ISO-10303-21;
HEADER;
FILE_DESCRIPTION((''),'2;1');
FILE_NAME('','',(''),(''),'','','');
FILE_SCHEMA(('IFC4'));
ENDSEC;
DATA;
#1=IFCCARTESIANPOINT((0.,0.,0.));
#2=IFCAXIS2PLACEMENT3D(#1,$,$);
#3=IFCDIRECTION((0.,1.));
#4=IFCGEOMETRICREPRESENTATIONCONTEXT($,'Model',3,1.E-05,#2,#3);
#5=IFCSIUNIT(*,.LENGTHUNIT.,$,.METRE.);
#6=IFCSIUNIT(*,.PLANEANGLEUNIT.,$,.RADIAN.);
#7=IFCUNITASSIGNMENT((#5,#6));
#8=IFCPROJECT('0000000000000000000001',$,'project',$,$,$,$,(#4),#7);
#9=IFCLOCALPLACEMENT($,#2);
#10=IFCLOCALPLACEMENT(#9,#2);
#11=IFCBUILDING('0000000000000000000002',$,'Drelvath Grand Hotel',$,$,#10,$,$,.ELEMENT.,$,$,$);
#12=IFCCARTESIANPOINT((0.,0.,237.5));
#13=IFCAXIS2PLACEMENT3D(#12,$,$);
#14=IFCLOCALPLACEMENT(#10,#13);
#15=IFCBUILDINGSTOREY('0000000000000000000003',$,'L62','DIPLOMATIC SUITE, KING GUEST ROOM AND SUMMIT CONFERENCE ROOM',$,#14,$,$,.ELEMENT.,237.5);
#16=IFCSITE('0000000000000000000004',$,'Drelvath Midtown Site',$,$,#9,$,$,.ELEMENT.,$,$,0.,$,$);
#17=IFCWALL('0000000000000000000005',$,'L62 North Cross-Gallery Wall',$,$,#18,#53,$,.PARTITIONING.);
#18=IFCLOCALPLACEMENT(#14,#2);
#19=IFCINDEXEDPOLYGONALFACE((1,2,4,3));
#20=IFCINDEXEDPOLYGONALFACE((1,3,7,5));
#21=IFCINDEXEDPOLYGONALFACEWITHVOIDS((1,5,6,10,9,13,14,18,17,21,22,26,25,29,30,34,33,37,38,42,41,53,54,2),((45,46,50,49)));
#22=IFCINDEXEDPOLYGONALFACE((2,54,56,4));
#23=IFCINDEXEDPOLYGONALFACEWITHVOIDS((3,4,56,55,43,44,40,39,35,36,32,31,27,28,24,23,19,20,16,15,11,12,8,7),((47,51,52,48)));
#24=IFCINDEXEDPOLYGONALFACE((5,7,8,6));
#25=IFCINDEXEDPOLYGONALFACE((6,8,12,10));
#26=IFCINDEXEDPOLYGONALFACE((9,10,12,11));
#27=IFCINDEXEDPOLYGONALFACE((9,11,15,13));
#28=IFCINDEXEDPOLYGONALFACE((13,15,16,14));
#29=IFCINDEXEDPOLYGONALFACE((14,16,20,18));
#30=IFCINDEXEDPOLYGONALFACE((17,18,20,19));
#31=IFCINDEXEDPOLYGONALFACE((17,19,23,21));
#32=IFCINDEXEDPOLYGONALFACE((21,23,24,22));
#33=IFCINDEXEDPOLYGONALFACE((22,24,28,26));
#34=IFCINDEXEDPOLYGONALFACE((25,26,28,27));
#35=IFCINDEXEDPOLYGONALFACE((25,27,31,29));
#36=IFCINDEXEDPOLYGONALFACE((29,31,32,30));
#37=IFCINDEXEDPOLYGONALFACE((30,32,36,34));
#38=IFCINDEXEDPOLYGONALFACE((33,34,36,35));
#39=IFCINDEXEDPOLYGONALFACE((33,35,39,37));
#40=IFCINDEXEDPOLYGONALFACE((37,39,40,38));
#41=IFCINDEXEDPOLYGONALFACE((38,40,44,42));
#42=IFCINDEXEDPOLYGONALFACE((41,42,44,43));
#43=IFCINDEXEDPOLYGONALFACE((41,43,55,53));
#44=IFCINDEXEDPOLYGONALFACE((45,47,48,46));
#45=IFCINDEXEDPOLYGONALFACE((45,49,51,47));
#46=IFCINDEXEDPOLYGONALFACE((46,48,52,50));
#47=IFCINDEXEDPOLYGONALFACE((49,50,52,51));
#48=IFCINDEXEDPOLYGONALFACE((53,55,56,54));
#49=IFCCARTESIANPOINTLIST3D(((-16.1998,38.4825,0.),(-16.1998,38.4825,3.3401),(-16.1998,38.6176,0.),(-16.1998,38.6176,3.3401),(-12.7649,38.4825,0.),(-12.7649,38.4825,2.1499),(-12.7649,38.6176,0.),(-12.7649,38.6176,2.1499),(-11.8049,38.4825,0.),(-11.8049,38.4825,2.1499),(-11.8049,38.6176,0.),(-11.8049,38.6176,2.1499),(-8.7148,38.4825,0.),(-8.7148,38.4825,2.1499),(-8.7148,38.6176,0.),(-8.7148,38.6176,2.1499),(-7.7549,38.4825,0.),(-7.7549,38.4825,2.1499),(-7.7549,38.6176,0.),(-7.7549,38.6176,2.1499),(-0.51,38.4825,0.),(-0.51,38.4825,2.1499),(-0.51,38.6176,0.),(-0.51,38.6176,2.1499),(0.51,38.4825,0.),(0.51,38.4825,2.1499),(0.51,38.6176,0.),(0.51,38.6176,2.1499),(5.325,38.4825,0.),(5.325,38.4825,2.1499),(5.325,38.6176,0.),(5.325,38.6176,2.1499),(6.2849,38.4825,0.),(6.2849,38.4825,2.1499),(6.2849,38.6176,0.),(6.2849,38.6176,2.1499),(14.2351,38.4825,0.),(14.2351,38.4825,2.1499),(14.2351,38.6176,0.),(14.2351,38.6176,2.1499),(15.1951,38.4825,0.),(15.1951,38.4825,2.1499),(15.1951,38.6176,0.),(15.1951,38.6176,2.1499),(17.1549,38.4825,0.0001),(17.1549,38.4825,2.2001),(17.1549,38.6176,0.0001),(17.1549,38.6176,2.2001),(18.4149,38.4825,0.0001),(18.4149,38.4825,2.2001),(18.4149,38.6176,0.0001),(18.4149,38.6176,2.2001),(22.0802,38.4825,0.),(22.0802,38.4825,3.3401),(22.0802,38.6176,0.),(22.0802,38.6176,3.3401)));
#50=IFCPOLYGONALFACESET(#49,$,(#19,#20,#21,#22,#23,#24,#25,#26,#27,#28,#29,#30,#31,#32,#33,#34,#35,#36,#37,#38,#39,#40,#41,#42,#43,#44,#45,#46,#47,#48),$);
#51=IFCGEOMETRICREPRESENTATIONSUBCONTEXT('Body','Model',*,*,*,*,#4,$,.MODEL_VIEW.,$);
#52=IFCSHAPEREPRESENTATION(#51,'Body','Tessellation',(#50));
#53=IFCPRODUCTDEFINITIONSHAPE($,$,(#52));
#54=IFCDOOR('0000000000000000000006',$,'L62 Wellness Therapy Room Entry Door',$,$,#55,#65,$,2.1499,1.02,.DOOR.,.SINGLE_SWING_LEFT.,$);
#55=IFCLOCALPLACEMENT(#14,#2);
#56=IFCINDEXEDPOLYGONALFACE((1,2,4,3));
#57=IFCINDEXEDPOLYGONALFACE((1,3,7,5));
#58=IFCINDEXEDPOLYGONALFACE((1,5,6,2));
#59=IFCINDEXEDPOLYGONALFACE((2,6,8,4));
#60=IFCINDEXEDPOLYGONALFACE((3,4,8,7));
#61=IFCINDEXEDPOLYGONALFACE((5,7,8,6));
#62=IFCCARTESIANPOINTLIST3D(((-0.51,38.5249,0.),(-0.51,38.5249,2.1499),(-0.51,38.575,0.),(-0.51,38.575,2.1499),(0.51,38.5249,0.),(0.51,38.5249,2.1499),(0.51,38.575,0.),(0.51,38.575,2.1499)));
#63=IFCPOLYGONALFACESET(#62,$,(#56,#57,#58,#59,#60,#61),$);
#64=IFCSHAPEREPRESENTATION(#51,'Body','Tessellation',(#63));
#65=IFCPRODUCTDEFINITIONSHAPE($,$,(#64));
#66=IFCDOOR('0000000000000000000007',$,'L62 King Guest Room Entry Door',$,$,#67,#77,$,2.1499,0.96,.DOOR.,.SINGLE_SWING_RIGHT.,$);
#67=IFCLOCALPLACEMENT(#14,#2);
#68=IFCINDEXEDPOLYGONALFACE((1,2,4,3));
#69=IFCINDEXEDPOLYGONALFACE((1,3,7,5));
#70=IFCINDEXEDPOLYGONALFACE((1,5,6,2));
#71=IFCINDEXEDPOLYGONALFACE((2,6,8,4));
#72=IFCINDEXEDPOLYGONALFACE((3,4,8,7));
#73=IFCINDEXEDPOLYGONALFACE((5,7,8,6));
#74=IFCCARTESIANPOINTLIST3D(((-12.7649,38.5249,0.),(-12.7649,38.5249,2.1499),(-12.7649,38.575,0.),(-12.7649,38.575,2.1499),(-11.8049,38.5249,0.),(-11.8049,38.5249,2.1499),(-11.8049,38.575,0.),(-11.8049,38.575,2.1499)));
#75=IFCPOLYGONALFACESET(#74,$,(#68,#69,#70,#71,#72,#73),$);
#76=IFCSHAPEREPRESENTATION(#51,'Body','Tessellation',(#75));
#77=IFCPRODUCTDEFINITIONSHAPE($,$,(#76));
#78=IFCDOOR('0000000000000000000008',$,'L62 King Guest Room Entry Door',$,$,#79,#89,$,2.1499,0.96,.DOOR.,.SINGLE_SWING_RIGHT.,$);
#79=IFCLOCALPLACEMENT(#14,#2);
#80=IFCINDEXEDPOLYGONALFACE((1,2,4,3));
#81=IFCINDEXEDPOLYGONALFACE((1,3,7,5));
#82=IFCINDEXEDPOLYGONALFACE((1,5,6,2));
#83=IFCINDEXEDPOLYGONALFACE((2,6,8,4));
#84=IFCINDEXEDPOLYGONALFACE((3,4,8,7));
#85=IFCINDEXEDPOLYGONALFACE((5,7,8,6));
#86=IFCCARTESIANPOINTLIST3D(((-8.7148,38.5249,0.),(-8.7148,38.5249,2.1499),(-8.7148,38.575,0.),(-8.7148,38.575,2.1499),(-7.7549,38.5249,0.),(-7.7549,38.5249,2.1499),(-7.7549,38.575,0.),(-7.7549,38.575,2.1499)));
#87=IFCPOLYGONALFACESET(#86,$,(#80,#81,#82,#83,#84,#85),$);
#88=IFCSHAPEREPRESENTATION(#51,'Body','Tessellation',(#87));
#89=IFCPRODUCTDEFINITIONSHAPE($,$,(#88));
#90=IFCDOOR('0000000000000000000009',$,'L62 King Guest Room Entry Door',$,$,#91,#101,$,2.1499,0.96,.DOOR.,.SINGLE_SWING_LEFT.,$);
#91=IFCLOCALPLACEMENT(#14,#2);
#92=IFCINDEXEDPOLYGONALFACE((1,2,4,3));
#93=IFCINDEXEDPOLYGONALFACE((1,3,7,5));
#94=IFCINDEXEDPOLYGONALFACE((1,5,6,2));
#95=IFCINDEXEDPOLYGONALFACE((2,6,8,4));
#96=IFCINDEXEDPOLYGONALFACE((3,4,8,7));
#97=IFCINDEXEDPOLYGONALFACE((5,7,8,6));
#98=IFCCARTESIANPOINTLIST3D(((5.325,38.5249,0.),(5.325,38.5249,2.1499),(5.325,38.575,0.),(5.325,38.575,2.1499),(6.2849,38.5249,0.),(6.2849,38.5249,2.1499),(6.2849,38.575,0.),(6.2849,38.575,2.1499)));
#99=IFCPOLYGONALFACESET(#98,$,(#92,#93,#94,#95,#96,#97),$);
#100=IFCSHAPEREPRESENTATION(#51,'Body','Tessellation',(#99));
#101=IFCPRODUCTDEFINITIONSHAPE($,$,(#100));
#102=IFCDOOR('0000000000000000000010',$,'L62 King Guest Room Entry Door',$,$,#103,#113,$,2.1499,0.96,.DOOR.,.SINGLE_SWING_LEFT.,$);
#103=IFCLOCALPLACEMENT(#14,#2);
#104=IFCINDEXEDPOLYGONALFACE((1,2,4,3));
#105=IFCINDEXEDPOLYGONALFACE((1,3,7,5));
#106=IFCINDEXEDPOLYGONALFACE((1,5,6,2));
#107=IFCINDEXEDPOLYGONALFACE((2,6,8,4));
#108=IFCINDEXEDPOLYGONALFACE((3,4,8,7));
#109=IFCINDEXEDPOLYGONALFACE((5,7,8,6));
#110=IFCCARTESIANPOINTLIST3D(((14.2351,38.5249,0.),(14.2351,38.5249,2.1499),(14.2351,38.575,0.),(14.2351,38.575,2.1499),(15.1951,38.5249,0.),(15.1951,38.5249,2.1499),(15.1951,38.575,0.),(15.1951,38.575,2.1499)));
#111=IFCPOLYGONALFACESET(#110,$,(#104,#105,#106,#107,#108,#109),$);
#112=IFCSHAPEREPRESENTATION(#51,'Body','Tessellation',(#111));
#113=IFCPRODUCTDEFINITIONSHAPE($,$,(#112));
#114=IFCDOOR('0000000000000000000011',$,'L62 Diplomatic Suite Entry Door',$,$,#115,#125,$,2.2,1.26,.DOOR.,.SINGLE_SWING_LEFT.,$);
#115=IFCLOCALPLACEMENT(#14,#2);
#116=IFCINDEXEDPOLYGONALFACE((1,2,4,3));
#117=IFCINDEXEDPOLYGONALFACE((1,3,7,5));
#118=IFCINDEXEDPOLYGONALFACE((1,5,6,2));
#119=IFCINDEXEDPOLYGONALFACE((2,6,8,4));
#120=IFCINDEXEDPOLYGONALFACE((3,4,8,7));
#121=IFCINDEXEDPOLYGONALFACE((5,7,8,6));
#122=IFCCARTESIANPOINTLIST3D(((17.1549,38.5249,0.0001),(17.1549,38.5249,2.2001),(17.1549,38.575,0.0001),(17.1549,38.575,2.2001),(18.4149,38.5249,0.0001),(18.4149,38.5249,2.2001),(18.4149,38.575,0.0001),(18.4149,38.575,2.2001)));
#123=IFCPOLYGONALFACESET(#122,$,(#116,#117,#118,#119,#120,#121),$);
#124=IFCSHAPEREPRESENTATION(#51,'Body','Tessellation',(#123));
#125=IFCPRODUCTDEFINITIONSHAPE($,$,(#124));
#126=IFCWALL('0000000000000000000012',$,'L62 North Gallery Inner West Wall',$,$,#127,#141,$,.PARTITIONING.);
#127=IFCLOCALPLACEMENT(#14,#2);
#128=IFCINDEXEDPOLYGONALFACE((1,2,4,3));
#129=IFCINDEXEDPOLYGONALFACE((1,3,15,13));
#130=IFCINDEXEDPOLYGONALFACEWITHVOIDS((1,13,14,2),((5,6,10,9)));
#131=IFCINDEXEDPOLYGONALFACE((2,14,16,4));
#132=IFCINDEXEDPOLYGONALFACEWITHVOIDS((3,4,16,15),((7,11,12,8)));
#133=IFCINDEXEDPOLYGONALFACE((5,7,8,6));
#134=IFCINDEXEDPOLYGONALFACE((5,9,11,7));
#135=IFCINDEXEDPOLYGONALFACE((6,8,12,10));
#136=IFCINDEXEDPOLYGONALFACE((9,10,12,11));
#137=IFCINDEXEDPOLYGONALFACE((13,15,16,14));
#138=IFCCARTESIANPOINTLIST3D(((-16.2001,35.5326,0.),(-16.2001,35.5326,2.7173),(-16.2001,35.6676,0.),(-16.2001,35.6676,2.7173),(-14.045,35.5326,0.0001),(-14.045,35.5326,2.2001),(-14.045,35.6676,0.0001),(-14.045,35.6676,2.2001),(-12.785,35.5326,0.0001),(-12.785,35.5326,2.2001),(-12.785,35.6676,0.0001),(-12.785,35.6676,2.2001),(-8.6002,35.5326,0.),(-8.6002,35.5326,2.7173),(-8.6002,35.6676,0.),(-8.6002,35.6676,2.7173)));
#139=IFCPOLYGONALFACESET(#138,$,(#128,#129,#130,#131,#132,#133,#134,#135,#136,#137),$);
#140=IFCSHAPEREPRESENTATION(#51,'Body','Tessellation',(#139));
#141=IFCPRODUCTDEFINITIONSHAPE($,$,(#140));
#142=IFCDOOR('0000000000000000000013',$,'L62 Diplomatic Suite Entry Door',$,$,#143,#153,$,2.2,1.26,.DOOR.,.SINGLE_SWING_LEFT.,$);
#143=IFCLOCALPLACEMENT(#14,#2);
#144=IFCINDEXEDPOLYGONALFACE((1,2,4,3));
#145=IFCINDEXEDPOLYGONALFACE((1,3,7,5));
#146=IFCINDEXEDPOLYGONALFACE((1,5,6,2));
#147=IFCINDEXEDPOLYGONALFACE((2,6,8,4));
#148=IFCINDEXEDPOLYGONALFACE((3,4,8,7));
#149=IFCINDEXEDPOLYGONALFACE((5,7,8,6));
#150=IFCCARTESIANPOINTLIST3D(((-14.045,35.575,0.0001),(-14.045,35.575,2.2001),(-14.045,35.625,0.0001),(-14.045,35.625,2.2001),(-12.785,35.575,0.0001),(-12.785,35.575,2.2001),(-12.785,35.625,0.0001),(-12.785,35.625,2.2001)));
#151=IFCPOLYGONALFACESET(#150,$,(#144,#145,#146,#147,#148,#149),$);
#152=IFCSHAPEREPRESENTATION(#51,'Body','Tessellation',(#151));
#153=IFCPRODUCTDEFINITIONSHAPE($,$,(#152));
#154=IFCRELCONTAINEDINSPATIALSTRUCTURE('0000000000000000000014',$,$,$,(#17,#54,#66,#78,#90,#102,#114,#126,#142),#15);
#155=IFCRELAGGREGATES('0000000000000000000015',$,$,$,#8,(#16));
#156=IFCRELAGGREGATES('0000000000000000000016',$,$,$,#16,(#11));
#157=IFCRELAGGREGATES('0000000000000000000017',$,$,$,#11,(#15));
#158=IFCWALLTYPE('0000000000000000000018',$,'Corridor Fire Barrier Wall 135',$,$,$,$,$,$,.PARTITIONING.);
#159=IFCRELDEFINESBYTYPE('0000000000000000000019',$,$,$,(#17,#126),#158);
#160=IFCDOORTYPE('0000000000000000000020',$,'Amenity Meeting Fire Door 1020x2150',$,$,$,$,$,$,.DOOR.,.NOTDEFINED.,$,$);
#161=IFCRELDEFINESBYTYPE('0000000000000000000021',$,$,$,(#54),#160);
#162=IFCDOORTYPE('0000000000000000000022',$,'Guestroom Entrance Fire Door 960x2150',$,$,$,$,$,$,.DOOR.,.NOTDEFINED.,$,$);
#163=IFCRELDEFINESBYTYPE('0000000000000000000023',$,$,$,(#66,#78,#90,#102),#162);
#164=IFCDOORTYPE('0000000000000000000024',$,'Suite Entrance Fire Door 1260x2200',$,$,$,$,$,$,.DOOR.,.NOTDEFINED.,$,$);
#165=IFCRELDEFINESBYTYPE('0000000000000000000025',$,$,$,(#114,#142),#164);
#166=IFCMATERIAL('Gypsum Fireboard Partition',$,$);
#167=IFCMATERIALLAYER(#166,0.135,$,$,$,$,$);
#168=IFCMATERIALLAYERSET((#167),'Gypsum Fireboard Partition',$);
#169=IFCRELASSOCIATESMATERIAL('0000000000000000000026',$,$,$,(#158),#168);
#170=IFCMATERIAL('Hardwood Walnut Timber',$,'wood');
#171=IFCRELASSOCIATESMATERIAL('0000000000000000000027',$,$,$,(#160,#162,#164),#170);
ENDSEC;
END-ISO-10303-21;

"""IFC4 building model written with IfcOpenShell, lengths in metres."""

from ifc_helpers import new_model, si_unit, direction, frame, frame_2d, origin, place, context, subcontext, project, spatial, rectangle, extrude, material, layer, layer_set, type_object, element, fill, save


model = new_model("IFC4")

# Units and contexts
model_context = context("Model", 3, precision=1e-05, world=origin(), true_north=direction((0.0, 1.0)))
body_context = subcontext(model_context, "Body", "Model", "MODEL_VIEW")
ifc_project = project(units=[si_unit("LENGTHUNIT", "METRE"), si_unit("PLANEANGLEUNIT", "RADIAN")], contexts=[model_context])

# Site, building, storey
site_placement = place(None, origin())
site = spatial("IfcSite", under=ifc_project, at=site_placement, Name="Drelvath Midtown Site", CompositionType="ELEMENT", RefElevation=0.0)
building_placement = place(site_placement, origin())
building = spatial("IfcBuilding", under=site, at=building_placement, Name="Drelvath Grand Hotel", CompositionType="ELEMENT")
storey_placement = place(building_placement, frame((0.0, 0.0, 237.5)))
storey = spatial("IfcBuildingStorey", under=building, at=storey_placement, Name="L62", Description="DIPLOMATIC SUITE, KING GUEST ROOM AND SUMMIT CONFERENCE ROOM", CompositionType="ELEMENT", Elevation=237.5)

# Wall, openings, doors
ifc_material_1 = material(Name="Gypsum Fireboard Partition")
ifc_layer_1 = layer(ifc_material_1, 0.135)
ifc_layer_set_1 = layer_set([ifc_layer_1], Name="Gypsum Fireboard Partition")
wall_type_1 = type_object("IfcWallType", Name="Corridor Fire Barrier Wall 135", PredefinedType="PARTITIONING", material=ifc_layer_set_1)
wall_1_placement = place(storey_placement, frame((-16.2, 38.55, 0.0), z_axis=(0.0, 0.0, 1.0), x_axis=(1.0, 0.0, 0.0)))
wall_1 = element("IfcWall", 1, at=wall_1_placement, inside=storey, type_object=wall_type_1, Name="L62 North Cross-Gallery Wall", PredefinedType="PARTITIONING", context=body_context, shape_type="SweptSolid", body=[
    extrude(rectangle(XDim=38.28, YDim=0.135, at=frame_2d((19.1401, 0.0))), origin(), (0.0, 0.0, 1.0), 3.3401),
])
opening_1_placement = place(wall_1_placement, frame((33.355, 0.0, 0.0)))
opening_1 = element("IfcOpeningElement", 2, at=opening_1_placement, cuts=wall_1, PredefinedType="OPENING", context=body_context, shape_type="SweptSolid", body=[
    extrude(rectangle(XDim=1.26, YDim=2.2, at=frame_2d((0.6299, 1.1001))), frame((0.0, 0.0774, 0.0), z_axis=(0.0, -1.0, 0.0), x_axis=(1.0, 0.0, 0.0)), (0.0, 0.0, 1.0), 0.155),
])
opening_2_placement = place(wall_1_placement, frame((3.4351, 0.0, 0.0)))
opening_2 = element("IfcOpeningElement", 3, at=opening_2_placement, cuts=wall_1, PredefinedType="OPENING", context=body_context, shape_type="SweptSolid", body=[
    extrude(rectangle(XDim=0.96, YDim=2.1499, at=frame_2d((0.48, 1.075))), frame((0.0, 0.0774, 0.0), z_axis=(0.0, -1.0, 0.0), x_axis=(1.0, 0.0, 0.0)), (0.0, 0.0, 1.0), 0.155),
])
opening_3_placement = place(wall_1_placement, frame((7.4851, 0.0, 0.0)))
opening_3 = element("IfcOpeningElement", 4, at=opening_3_placement, cuts=wall_1, PredefinedType="OPENING", context=body_context, shape_type="SweptSolid", body=[
    extrude(rectangle(XDim=0.96, YDim=2.1499, at=frame_2d((0.48, 1.075))), frame((0.0, 0.0774, 0.0), z_axis=(0.0, -1.0, 0.0), x_axis=(1.0, 0.0, 0.0)), (0.0, 0.0, 1.0), 0.155),
])
opening_4_placement = place(wall_1_placement, frame((15.6899, 0.0, 0.0)))
opening_4 = element("IfcOpeningElement", 5, at=opening_4_placement, cuts=wall_1, PredefinedType="OPENING", context=body_context, shape_type="SweptSolid", body=[
    extrude(rectangle(XDim=1.02, YDim=2.1499, at=frame_2d((0.51, 1.075))), frame((0.0, 0.0774, 0.0), z_axis=(0.0, -1.0, 0.0), x_axis=(1.0, 0.0, 0.0)), (0.0, 0.0, 1.0), 0.155),
])
opening_5_placement = place(wall_1_placement, frame((21.5249, 0.0, 0.0)))
opening_5 = element("IfcOpeningElement", 6, at=opening_5_placement, cuts=wall_1, PredefinedType="OPENING", context=body_context, shape_type="SweptSolid", body=[
    extrude(rectangle(XDim=0.96, YDim=2.1499, at=frame_2d((0.48, 1.075))), frame((0.0, 0.0774, 0.0), z_axis=(0.0, -1.0, 0.0), x_axis=(1.0, 0.0, 0.0)), (0.0, 0.0, 1.0), 0.155),
])
opening_6_placement = place(wall_1_placement, frame((30.4351, 0.0, 0.0)))
opening_6 = element("IfcOpeningElement", 7, at=opening_6_placement, cuts=wall_1, PredefinedType="OPENING", context=body_context, shape_type="SweptSolid", body=[
    extrude(rectangle(XDim=0.96, YDim=2.1499, at=frame_2d((0.48, 1.075))), frame((0.0, 0.0774, 0.0), z_axis=(0.0, -1.0, 0.0), x_axis=(1.0, 0.0, 0.0)), (0.0, 0.0, 1.0), 0.155),
])
ifc_material_2 = material(Name="Hardwood Walnut Timber", Category="wood")
door_type_1 = type_object("IfcDoorType", Name="Amenity Meeting Fire Door 1020x2150", OperationType="NOTDEFINED", PredefinedType="DOOR", material=ifc_material_2)
door_1_placement = place(opening_4_placement, origin())
door_1 = element("IfcDoor", 8, at=door_1_placement, inside=storey, type_object=door_type_1, Name="L62 Wellness Therapy Room Entry Door", OperationType="SINGLE_SWING_LEFT", OverallHeight=2.1499, OverallWidth=1.02, PredefinedType="DOOR", context=body_context, shape_type="SweptSolid", body=[
    extrude(rectangle(XDim=1.02, YDim=2.1499, at=frame_2d((0.51, 1.075))), frame((0.0, 0.0249, 0.0), z_axis=(0.0, -1.0, 0.0), x_axis=(1.0, 0.0, 0.0)), (0.0, 0.0, 1.0), 0.05),
])
fill(opening_4, door_1)
door_type_2 = type_object("IfcDoorType", Name="Guestroom Entrance Fire Door 960x2150", OperationType="NOTDEFINED", PredefinedType="DOOR", material=ifc_material_2)
door_2_placement = place(opening_2_placement, origin())
door_2 = element("IfcDoor", 9, at=door_2_placement, inside=storey, type_object=door_type_2, Name="L62 King Guest Room Entry Door", OperationType="SINGLE_SWING_RIGHT", OverallHeight=2.1499, OverallWidth=0.96, PredefinedType="DOOR", context=body_context, shape_type="SweptSolid", body=[
    extrude(rectangle(XDim=0.96, YDim=2.1499, at=frame_2d((0.48, 1.075))), frame((0.0, 0.0249, 0.0), z_axis=(0.0, -1.0, 0.0), x_axis=(1.0, 0.0, 0.0)), (0.0, 0.0, 1.0), 0.05),
])
fill(opening_2, door_2)
door_3_placement = place(opening_3_placement, origin())
door_3 = element("IfcDoor", 10, at=door_3_placement, inside=storey, type_object=door_type_2, Name="L62 King Guest Room Entry Door", OperationType="SINGLE_SWING_RIGHT", OverallHeight=2.1499, OverallWidth=0.96, PredefinedType="DOOR", context=body_context, shape_type="SweptSolid", body=[
    extrude(rectangle(XDim=0.96, YDim=2.1499, at=frame_2d((0.48, 1.075))), frame((0.0, 0.0249, 0.0), z_axis=(0.0, -1.0, 0.0), x_axis=(1.0, 0.0, 0.0)), (0.0, 0.0, 1.0), 0.05),
])
fill(opening_3, door_3)
door_4_placement = place(opening_5_placement, origin())
door_4 = element("IfcDoor", 11, at=door_4_placement, inside=storey, type_object=door_type_2, Name="L62 King Guest Room Entry Door", OperationType="SINGLE_SWING_LEFT", OverallHeight=2.1499, OverallWidth=0.96, PredefinedType="DOOR", context=body_context, shape_type="SweptSolid", body=[
    extrude(rectangle(XDim=0.96, YDim=2.1499, at=frame_2d((0.48, 1.075))), frame((0.0, 0.0249, 0.0), z_axis=(0.0, -1.0, 0.0), x_axis=(1.0, 0.0, 0.0)), (0.0, 0.0, 1.0), 0.05),
])
fill(opening_5, door_4)
door_5_placement = place(opening_6_placement, origin())
door_5 = element("IfcDoor", 12, at=door_5_placement, inside=storey, type_object=door_type_2, Name="L62 King Guest Room Entry Door", OperationType="SINGLE_SWING_LEFT", OverallHeight=2.1499, OverallWidth=0.96, PredefinedType="DOOR", context=body_context, shape_type="SweptSolid", body=[
    extrude(rectangle(XDim=0.96, YDim=2.1499, at=frame_2d((0.48, 1.075))), frame((0.0, 0.0249, 0.0), z_axis=(0.0, -1.0, 0.0), x_axis=(1.0, 0.0, 0.0)), (0.0, 0.0, 1.0), 0.05),
])
fill(opening_6, door_5)
door_type_3 = type_object("IfcDoorType", Name="Suite Entrance Fire Door 1260x2200", OperationType="NOTDEFINED", PredefinedType="DOOR", material=ifc_material_2)
door_6_placement = place(opening_1_placement, origin())
door_6 = element("IfcDoor", 13, at=door_6_placement, inside=storey, type_object=door_type_3, Name="L62 Diplomatic Suite Entry Door", OperationType="SINGLE_SWING_LEFT", OverallHeight=2.2, OverallWidth=1.26, PredefinedType="DOOR", context=body_context, shape_type="SweptSolid", body=[
    extrude(rectangle(XDim=1.26, YDim=2.2, at=frame_2d((0.6299, 1.1001))), frame((0.0, 0.0249, 0.0), z_axis=(0.0, -1.0, 0.0), x_axis=(1.0, 0.0, 0.0)), (0.0, 0.0, 1.0), 0.05),
])
fill(opening_1, door_6)

# Wall, opening, door
wall_2_placement = place(storey_placement, frame((-16.2, 35.6001, 0.0), z_axis=(0.0, 0.0, 1.0), x_axis=(1.0, 0.0, 0.0)))
wall_2 = element("IfcWall", 14, at=wall_2_placement, inside=storey, type_object=wall_type_1, Name="L62 North Gallery Inner West Wall", PredefinedType="PARTITIONING", context=body_context, shape_type="SweptSolid", body=[
    extrude(rectangle(XDim=7.5999, YDim=0.135, at=frame_2d((3.7998, 0.0))), origin(), (0.0, 0.0, 1.0), 2.7173),
])
opening_7_placement = place(wall_2_placement, frame((2.155, 0.0, 0.0)))
opening_7 = element("IfcOpeningElement", 15, at=opening_7_placement, cuts=wall_2, PredefinedType="OPENING", context=body_context, shape_type="SweptSolid", body=[
    extrude(rectangle(XDim=1.26, YDim=2.2, at=frame_2d((0.6299, 1.1001))), frame((0.0, 0.0774, 0.0), z_axis=(0.0, -1.0, 0.0), x_axis=(1.0, 0.0, 0.0)), (0.0, 0.0, 1.0), 0.155),
])
door_7_placement = place(opening_7_placement, origin())
door_7 = element("IfcDoor", 16, at=door_7_placement, inside=storey, type_object=door_type_3, Name="L62 Diplomatic Suite Entry Door", OperationType="SINGLE_SWING_LEFT", OverallHeight=2.2, OverallWidth=1.26, PredefinedType="DOOR", context=body_context, shape_type="SweptSolid", body=[
    extrude(rectangle(XDim=1.26, YDim=2.2, at=frame_2d((0.6299, 1.1001))), frame((0.0, 0.0249, 0.0), z_axis=(0.0, -1.0, 0.0), x_axis=(1.0, 0.0, 0.0)), (0.0, 0.0, 1.0), 0.05),
])
fill(opening_7, door_7)

save(model, "model.ifc")
